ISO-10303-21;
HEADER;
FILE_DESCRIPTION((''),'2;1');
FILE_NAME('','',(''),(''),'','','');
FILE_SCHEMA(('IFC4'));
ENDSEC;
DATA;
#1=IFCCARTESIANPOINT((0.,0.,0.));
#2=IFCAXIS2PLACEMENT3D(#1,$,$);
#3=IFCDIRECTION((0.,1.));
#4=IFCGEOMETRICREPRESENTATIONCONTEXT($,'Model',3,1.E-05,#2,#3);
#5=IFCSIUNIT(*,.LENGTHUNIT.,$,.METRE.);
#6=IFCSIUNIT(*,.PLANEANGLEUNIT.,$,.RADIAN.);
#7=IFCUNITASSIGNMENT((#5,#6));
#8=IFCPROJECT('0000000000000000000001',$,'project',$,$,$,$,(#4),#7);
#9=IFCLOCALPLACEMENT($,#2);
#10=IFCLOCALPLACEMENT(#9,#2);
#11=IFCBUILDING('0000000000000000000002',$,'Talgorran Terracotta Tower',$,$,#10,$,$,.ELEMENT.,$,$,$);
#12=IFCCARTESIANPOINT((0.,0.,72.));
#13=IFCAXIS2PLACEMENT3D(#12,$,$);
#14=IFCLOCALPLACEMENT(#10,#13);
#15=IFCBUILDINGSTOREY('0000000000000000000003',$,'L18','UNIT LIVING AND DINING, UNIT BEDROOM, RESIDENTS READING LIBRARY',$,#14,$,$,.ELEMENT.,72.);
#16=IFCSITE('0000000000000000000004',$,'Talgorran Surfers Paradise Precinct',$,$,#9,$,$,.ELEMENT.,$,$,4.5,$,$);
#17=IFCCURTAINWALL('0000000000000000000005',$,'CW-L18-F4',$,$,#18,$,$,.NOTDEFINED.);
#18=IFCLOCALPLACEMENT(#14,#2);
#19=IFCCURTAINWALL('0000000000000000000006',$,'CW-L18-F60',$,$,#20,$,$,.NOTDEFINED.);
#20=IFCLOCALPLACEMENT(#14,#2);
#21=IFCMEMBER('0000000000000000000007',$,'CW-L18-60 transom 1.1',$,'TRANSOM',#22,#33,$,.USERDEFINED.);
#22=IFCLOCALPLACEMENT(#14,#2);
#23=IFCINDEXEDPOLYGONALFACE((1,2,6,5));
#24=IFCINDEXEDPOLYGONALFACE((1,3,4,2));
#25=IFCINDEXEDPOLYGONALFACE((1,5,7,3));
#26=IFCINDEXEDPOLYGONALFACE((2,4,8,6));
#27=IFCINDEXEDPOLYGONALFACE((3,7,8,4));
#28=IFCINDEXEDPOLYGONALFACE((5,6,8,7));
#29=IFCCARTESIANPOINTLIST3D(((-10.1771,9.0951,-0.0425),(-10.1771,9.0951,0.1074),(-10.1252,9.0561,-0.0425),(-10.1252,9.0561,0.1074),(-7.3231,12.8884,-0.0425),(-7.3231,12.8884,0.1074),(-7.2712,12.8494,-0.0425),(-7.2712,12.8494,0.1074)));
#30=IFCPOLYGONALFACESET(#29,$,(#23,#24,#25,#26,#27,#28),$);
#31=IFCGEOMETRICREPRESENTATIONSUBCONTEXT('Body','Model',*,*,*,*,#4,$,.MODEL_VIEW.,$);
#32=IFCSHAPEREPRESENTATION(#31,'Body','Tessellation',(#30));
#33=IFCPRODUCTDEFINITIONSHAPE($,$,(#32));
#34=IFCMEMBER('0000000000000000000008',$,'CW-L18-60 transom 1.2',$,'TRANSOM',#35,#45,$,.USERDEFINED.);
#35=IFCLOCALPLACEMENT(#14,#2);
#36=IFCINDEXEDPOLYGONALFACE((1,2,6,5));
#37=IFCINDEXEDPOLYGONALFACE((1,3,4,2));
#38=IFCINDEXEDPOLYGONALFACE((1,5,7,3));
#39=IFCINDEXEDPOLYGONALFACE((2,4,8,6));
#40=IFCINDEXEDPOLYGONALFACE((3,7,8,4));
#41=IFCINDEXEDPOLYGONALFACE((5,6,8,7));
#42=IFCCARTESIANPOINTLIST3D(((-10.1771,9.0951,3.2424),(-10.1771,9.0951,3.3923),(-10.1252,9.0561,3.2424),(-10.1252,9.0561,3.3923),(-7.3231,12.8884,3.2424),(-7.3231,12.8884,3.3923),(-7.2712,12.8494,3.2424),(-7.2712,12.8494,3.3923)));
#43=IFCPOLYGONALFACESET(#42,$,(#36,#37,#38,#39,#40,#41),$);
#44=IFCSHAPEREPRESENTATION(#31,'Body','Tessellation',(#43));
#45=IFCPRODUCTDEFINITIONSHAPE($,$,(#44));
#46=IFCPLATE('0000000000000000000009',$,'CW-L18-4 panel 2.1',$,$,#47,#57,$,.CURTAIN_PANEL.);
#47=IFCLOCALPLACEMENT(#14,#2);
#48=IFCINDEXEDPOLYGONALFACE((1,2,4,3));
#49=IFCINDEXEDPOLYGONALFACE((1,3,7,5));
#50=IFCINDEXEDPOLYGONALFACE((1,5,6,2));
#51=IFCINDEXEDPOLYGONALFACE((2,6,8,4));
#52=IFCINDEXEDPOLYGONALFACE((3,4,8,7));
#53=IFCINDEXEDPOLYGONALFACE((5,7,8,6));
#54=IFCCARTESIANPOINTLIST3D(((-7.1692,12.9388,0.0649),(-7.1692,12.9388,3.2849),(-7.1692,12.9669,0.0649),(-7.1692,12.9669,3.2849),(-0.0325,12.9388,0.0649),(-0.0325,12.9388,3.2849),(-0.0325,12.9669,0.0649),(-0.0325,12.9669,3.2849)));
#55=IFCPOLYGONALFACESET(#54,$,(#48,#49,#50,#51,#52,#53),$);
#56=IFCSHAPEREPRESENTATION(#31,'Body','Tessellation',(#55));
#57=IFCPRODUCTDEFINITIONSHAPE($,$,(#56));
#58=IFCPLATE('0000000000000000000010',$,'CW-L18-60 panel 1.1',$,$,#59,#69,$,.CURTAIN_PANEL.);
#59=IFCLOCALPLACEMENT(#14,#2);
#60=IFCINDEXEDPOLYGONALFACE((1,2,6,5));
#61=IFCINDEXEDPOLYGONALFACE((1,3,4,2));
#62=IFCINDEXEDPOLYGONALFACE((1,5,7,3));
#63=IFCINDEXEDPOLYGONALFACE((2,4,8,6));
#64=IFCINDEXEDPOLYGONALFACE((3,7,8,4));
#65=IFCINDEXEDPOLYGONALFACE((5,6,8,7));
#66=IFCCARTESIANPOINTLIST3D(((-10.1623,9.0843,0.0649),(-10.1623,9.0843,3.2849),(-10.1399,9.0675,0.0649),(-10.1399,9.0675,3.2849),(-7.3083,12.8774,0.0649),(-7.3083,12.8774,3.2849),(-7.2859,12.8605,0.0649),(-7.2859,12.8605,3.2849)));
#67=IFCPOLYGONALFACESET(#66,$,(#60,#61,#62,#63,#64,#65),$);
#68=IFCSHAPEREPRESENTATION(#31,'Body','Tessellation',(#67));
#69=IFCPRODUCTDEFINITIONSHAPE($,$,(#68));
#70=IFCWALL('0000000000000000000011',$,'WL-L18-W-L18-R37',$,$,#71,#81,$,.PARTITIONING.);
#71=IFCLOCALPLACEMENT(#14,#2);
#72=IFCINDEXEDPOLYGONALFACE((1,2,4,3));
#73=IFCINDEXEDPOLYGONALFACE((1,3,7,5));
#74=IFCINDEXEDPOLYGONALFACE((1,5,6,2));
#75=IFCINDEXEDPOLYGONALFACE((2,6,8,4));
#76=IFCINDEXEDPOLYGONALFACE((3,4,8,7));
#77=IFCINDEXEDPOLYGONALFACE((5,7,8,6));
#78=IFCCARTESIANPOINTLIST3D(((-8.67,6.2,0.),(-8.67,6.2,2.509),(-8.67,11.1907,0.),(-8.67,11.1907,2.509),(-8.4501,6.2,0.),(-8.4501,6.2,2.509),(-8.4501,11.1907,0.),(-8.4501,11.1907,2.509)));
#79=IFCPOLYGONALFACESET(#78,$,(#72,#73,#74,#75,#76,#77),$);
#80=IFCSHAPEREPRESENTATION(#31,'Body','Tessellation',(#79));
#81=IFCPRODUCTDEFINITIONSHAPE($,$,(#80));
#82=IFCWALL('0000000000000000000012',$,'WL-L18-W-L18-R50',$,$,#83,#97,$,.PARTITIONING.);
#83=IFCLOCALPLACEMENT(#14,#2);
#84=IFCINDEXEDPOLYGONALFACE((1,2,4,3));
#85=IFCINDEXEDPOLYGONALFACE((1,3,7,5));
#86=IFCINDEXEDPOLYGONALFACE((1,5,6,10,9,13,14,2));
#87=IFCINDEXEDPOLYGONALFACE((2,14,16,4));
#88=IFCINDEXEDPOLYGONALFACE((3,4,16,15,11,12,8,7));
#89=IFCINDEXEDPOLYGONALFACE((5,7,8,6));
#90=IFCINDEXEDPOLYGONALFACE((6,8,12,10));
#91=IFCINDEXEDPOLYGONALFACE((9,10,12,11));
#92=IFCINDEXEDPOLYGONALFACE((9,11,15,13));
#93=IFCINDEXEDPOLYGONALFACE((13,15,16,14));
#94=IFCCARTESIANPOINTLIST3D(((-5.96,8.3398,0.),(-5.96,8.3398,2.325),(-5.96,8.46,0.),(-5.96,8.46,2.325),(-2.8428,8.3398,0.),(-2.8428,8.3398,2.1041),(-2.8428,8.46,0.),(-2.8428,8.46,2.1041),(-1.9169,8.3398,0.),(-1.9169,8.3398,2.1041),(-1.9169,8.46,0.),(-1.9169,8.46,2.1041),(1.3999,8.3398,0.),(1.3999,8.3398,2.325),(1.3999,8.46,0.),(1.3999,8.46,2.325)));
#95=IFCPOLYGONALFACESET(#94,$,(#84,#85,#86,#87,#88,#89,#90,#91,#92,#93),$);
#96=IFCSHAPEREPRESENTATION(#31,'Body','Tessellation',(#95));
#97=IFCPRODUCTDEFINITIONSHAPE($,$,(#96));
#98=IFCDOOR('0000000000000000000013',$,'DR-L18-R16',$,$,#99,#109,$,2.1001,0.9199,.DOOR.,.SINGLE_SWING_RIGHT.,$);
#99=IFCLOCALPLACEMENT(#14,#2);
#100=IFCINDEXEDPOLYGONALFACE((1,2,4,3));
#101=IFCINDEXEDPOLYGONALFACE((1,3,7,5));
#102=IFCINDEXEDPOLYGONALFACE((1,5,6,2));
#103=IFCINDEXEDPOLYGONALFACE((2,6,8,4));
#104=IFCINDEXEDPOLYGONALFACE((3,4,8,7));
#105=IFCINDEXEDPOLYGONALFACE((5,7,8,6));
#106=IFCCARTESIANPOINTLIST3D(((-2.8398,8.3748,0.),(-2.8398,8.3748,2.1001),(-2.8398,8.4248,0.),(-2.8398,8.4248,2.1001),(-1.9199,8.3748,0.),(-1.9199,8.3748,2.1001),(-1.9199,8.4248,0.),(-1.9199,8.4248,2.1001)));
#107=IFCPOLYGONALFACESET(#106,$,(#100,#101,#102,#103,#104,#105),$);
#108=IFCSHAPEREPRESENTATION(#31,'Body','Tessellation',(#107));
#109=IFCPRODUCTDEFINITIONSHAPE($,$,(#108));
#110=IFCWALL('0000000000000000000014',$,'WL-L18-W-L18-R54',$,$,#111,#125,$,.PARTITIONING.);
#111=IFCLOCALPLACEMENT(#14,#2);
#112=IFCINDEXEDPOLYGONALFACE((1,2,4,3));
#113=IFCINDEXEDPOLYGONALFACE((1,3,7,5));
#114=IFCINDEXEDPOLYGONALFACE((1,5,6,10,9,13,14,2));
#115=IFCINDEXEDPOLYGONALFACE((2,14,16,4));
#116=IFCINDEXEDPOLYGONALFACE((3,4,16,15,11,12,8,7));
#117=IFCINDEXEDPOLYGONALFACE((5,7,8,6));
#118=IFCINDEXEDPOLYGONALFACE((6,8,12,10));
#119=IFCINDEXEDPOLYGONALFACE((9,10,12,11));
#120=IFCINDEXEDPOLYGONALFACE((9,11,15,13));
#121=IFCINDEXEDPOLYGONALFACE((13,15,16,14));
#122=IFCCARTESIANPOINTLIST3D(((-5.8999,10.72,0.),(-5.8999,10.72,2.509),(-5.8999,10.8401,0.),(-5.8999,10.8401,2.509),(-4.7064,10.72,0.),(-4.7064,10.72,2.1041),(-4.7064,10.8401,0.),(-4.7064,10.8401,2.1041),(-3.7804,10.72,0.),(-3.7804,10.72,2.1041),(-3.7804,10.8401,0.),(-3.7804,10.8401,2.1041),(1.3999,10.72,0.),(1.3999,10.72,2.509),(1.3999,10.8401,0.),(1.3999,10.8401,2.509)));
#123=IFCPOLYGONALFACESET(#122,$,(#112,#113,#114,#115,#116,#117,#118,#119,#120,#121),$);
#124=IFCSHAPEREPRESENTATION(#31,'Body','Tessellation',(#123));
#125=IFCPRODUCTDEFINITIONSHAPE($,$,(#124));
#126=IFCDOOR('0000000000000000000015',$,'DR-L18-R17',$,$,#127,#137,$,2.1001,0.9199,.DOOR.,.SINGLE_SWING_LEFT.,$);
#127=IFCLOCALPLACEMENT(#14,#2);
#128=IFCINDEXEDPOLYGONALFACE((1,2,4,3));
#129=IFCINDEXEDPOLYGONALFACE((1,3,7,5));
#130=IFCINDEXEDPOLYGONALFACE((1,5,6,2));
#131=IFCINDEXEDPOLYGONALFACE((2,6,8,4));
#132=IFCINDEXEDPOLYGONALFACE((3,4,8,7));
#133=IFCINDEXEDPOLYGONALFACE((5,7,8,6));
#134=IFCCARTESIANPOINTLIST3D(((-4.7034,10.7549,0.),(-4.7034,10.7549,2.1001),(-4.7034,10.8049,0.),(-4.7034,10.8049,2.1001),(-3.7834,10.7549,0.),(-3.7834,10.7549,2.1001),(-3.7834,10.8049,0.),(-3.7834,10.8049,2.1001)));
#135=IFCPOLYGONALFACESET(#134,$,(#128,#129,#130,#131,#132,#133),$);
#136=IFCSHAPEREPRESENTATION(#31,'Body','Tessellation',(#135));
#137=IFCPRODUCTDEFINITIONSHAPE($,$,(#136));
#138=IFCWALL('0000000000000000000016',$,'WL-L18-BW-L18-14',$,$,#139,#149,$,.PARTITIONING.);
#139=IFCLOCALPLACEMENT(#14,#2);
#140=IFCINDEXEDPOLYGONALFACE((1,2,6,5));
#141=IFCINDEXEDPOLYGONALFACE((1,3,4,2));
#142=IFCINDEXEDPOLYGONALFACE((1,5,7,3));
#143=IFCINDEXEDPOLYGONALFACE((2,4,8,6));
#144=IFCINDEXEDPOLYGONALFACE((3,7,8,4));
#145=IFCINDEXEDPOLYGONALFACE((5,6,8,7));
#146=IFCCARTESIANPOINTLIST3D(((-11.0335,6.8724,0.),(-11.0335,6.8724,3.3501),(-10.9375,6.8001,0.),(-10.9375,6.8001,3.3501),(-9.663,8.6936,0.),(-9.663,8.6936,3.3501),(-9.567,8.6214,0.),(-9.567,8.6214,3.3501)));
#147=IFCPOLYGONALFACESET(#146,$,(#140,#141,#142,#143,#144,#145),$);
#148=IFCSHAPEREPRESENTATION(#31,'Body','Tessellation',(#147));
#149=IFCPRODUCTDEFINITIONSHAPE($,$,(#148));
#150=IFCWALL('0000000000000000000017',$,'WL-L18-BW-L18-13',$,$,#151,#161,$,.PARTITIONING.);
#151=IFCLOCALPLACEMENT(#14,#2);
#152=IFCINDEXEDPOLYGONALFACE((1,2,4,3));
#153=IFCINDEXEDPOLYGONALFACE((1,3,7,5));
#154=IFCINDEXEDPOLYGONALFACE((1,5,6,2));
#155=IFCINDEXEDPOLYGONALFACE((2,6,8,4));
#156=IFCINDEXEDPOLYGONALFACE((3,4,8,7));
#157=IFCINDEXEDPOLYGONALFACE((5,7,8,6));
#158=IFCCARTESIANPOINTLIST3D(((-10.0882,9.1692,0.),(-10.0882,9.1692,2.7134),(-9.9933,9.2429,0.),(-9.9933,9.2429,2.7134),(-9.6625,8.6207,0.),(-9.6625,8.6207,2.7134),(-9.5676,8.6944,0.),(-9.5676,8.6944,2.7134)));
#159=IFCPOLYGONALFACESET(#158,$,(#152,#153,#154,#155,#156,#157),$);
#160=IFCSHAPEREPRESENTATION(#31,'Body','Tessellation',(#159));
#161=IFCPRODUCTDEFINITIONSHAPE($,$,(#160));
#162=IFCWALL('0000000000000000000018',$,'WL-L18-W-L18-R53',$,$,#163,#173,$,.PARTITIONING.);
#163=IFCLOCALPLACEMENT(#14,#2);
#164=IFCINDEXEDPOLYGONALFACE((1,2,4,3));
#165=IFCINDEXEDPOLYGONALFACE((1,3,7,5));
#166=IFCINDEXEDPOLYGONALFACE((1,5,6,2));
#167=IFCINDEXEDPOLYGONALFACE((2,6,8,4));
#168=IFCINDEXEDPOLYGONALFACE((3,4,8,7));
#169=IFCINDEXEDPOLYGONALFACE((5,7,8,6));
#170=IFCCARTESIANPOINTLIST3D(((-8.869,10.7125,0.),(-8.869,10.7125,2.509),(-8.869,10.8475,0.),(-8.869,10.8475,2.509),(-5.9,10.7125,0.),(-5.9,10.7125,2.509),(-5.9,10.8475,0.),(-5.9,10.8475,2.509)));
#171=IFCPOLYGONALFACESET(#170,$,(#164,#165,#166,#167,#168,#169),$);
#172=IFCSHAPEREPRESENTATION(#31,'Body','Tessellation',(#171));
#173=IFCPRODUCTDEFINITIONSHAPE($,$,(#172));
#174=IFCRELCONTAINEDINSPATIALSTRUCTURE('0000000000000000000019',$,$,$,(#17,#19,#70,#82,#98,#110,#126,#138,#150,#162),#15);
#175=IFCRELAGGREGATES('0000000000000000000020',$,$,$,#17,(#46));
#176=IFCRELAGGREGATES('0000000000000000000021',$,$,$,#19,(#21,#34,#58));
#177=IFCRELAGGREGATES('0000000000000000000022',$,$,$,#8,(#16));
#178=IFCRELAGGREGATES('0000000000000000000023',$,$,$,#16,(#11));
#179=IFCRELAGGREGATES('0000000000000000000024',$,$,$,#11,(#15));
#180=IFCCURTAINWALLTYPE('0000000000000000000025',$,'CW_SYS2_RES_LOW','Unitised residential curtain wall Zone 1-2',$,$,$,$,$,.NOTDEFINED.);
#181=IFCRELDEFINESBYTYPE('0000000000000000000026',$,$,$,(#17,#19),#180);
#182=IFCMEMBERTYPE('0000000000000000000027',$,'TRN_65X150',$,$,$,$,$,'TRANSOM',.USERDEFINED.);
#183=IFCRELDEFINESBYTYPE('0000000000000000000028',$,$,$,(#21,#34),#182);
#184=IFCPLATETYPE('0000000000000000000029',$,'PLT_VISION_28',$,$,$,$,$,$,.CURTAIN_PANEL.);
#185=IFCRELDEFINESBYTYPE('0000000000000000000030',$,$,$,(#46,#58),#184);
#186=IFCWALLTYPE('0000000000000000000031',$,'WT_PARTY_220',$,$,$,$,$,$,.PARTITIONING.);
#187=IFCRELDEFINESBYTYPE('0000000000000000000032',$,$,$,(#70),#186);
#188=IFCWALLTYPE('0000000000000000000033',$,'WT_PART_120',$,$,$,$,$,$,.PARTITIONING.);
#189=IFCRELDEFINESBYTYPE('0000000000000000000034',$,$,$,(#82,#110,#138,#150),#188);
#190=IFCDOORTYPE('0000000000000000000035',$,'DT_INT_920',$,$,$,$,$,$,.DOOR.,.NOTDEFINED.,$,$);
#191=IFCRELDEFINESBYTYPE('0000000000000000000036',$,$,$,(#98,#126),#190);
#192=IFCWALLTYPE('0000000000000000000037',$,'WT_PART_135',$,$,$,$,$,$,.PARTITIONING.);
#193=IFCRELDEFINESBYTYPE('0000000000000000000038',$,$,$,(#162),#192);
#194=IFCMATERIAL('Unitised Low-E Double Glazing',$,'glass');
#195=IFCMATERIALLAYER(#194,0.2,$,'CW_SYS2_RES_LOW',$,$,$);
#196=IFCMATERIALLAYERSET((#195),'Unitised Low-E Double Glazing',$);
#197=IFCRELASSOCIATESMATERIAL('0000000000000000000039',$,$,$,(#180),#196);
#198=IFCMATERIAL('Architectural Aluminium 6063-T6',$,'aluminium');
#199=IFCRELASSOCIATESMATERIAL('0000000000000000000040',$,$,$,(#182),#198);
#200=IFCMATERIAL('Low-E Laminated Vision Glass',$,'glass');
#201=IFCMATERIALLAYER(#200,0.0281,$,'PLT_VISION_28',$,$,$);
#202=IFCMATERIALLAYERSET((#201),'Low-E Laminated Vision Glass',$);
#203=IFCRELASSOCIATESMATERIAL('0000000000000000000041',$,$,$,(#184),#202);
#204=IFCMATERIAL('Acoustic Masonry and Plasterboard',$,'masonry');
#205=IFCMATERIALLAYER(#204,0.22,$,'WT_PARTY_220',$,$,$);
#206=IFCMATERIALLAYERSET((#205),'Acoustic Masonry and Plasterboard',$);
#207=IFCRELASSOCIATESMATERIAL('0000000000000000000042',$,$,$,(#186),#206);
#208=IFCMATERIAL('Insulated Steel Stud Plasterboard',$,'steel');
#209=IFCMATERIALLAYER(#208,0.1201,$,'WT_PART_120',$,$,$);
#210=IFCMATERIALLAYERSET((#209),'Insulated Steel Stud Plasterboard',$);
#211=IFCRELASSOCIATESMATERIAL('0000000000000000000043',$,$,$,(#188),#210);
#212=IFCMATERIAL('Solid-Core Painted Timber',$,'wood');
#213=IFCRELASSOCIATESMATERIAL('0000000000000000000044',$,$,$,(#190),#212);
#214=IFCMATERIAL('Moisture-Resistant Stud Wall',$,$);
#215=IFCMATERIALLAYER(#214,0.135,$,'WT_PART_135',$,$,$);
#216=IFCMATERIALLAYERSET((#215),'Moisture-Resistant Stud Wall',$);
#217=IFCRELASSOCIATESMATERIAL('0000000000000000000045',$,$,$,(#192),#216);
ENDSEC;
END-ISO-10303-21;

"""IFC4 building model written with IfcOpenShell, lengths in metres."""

from ifc_helpers import new_model, si_unit, direction, frame, frame_2d, origin, origin_2d, place, context, subcontext, project, spatial, rectangle, extrude, source, transform, mapped, material, layer, layer_set, material_profile, profile_set, type_object, type_shapes, element, fill, aggregate, save


model = new_model("IFC4")

# Units and contexts
model_context = context("Model", 3, precision=1e-05, world=origin(), true_north=direction((0.0, 1.0)))
body_context = subcontext(model_context, "Body", "Model", "MODEL_VIEW")
ifc_project = project(units=[si_unit("LENGTHUNIT", "METRE"), si_unit("PLANEANGLEUNIT", "RADIAN")], contexts=[model_context])

# Site, building, storey
site_placement = place(None, origin())
site = spatial("IfcSite", under=ifc_project, at=site_placement, Name="Talgorran Surfers Paradise Precinct", CompositionType="ELEMENT", RefElevation=4.5)
building_placement = place(site_placement, origin())
building = spatial("IfcBuilding", under=site, at=building_placement, Name="Talgorran Terracotta Tower", CompositionType="ELEMENT")
storey_placement = place(building_placement, frame((0.0, 0.0, 72.0)))
storey = spatial("IfcBuildingStorey", under=building, at=storey_placement, Name="L18", Description="UNIT LIVING AND DINING, UNIT BEDROOM, RESIDENTS READING LIBRARY", CompositionType="ELEMENT", Elevation=72.0)

# Curtain walls
ifc_material_1 = material(Name="Unitised Low-E Double Glazing", Category="glass")
ifc_layer_1 = layer(ifc_material_1, 0.2, Name="CW_SYS2_RES_LOW")
ifc_layer_set_1 = layer_set([ifc_layer_1], Name="Unitised Low-E Double Glazing")
curtain_wall_type = type_object("IfcCurtainWallType", Name="CW_SYS2_RES_LOW", Description="Unitised residential curtain wall Zone 1-2", PredefinedType="NOTDEFINED", material=ifc_layer_set_1)
curtain_wall_1_placement = place(storey_placement, origin())
curtain_wall_1 = element("IfcCurtainWall", 1, at=curtain_wall_1_placement, inside=storey, type_object=curtain_wall_type, Name="CW-L18-F4", PredefinedType="NOTDEFINED")
ifc_material_2 = material(Name="Architectural Aluminium 6063-T6", Category="aluminium")
curtain_wall_2_placement = place(storey_placement, origin())
curtain_wall_2 = element("IfcCurtainWall", 2, at=curtain_wall_2_placement, inside=storey, type_object=curtain_wall_type, Name="CW-L18-F60", PredefinedType="NOTDEFINED")

# Members
ifc_material_profile_1 = material_profile(ifc_material_2, rectangle(XDim=0.0649, YDim=0.1499, at=origin_2d()), Name="CWT65X150")
ifc_profile_set_1 = profile_set([ifc_material_profile_1], Name="Architectural Aluminium 6063-T6")
member_type_1 = type_object("IfcMemberType", Name="TRN_65X150", ElementType="TRANSOM", PredefinedType="USERDEFINED", material=ifc_profile_set_1)
member_1_placement = place(storey_placement, frame((-7.2971, 12.8689, 0.0325), z_axis=(-0.601225, -0.799079, 0.0), x_axis=(0.799079, -0.601225, 0.0)))
member_1 = element("IfcMember", 3, at=member_1_placement, type_object=member_type_1, Name="CW-L18-60 transom 1.1", ObjectType="TRANSOM", PredefinedType="USERDEFINED", context=body_context, shape_type="SweptSolid", body=[
    extrude(rectangle(XDim=0.0649, YDim=0.1499, at=origin_2d()), origin(), (0.0, 0.0, 1.0), 4.7471),
])
member_2_placement = place(storey_placement, frame((-7.2971, 12.8689, 3.3174), z_axis=(-0.601225, -0.799079, 0.0), x_axis=(0.799079, -0.601225, 0.0)))
member_2 = element("IfcMember", 4, at=member_2_placement, type_object=member_type_1, Name="CW-L18-60 transom 1.2", ObjectType="TRANSOM", PredefinedType="USERDEFINED", context=body_context, shape_type="SweptSolid", body=[
    extrude(rectangle(XDim=0.0649, YDim=0.1499, at=origin_2d()), origin(), (0.0, 0.0, 1.0), 4.7471),
])

# Plates
ifc_material_3 = material(Name="Low-E Laminated Vision Glass", Category="glass")
ifc_layer_2 = layer(ifc_material_3, 0.0281, Name="PLT_VISION_28")
ifc_layer_set_2 = layer_set([ifc_layer_2], Name="Low-E Laminated Vision Glass")
plate_type = type_object("IfcPlateType", Name="PLT_VISION_28", PredefinedType="CURTAIN_PANEL", material=ifc_layer_set_2)
shared_shape_1 = source(origin(), body_context, "Body", "SweptSolid", [
    extrude(rectangle(XDim=7.1367, YDim=0.0281, at=origin_2d()), origin(), (0.0, 0.0, 1.0), 3.22),
])
plate_1_placement = place(storey_placement, frame((-3.6008, 12.9529, 0.0649), z_axis=(0.0, 0.0, 1.0), x_axis=(-1.0, 0.0, 0.0)))
plate_1 = element("IfcPlate", 5, at=plate_1_placement, type_object=plate_type, Name="CW-L18-4 panel 2.1", PredefinedType="CURTAIN_PANEL", context=body_context, shape_type="MappedRepresentation", body=[
    mapped(shared_shape_1, transform((0.0, 0.0, 0.0), scale=1.0)),
])
aggregate(curtain_wall_1, [plate_1])
shared_shape_2 = source(origin(), body_context, "Body", "SweptSolid", [
    extrude(rectangle(XDim=4.7468, YDim=0.0281, at=origin_2d()), origin(), (0.0, 0.0, 1.0), 3.22),
])
type_shapes(plate_type, [shared_shape_1, shared_shape_2])
plate_2_placement = place(storey_placement, frame((-8.7241, 10.9724, 0.0649), z_axis=(0.0, 0.0, 1.0), x_axis=(-0.601239, -0.799069, 0.0)))
plate_2 = element("IfcPlate", 6, at=plate_2_placement, type_object=plate_type, Name="CW-L18-60 panel 1.1", PredefinedType="CURTAIN_PANEL", context=body_context, shape_type="MappedRepresentation", body=[
    mapped(shared_shape_2, transform((0.0, 0.0, 0.0), scale=1.0)),
])
aggregate(curtain_wall_2, [member_1, member_2, plate_2])

# Wall
ifc_material_4 = material(Name="Acoustic Masonry and Plasterboard", Category="masonry")
ifc_layer_3 = layer(ifc_material_4, 0.22, Name="WT_PARTY_220")
ifc_layer_set_3 = layer_set([ifc_layer_3], Name="Acoustic Masonry and Plasterboard")
wall_type_1 = type_object("IfcWallType", Name="WT_PARTY_220", PredefinedType="PARTITIONING", material=ifc_layer_set_3)
wall_1_placement = place(storey_placement, frame((-8.5601, 6.2, 0.0), z_axis=(0.0, 0.0, 1.0), x_axis=(0.0, 1.0, 0.0)))
element("IfcWall", 7, at=wall_1_placement, inside=storey, type_object=wall_type_1, Name="WL-L18-W-L18-R37", PredefinedType="PARTITIONING", context=body_context, shape_type="SweptSolid", body=[
    extrude(rectangle(XDim=4.9907, YDim=0.22, at=frame_2d((2.4954, 0.0))), origin(), (0.0, 0.0, 1.0), 2.509),
])

# Walls, openings, doors
ifc_material_5 = material(Name="Insulated Steel Stud Plasterboard", Category="steel")
ifc_layer_4 = layer(ifc_material_5, 0.1201, Name="WT_PART_120")
ifc_layer_set_4 = layer_set([ifc_layer_4], Name="Insulated Steel Stud Plasterboard")
wall_type_2 = type_object("IfcWallType", Name="WT_PART_120", PredefinedType="PARTITIONING", material=ifc_layer_set_4)
wall_2_placement = place(storey_placement, frame((-5.96, 8.3999, 0.0), z_axis=(0.0, 0.0, 1.0), x_axis=(1.0, 0.0, 0.0)))
wall_2 = element("IfcWall", 8, at=wall_2_placement, inside=storey, type_object=wall_type_2, Name="WL-L18-W-L18-R50", PredefinedType="PARTITIONING", context=body_context, shape_type="SweptSolid", body=[
    extrude(rectangle(XDim=7.3599, YDim=0.1201, at=frame_2d((3.6799, 0.0))), origin(), (0.0, 0.0, 1.0), 2.325),
])
opening_1_placement = place(wall_2_placement, frame((3.1201, 0.0, 0.0)))
opening_1 = element("IfcOpeningElement", 9, at=opening_1_placement, cuts=wall_2, PredefinedType="OPENING", context=body_context, shape_type="SweptSolid", body=[
    extrude(rectangle(XDim=0.9259, YDim=2.1041, at=frame_2d((0.46, 1.052))), frame((0.0, 0.0701, 0.0), z_axis=(0.0, -1.0, 0.0), x_axis=(1.0, 0.0, 0.0)), (0.0, 0.0, 1.0), 0.1401),
])
ifc_material_6 = material(Name="Solid-Core Painted Timber", Category="wood")
door_type_1 = type_object("IfcDoorType", Name="DT_INT_920", OperationType="NOTDEFINED", PredefinedType="DOOR", material=ifc_material_6)
door_1_placement = place(opening_1_placement, origin())
door_1 = element("IfcDoor", 10, at=door_1_placement, inside=storey, type_object=door_type_1, Name="DR-L18-R16", OperationType="SINGLE_SWING_RIGHT", OverallHeight=2.1001, OverallWidth=0.9199, PredefinedType="DOOR", context=body_context, shape_type="SweptSolid", body=[
    extrude(rectangle(XDim=0.9199, YDim=2.1001, at=frame_2d((0.46, 1.05))), frame((0.0, 0.0249, 0.0), z_axis=(0.0, -1.0, 0.0), x_axis=(1.0, 0.0, 0.0)), (0.0, 0.0, 1.0), 0.05),
])
fill(opening_1, door_1)
wall_3_placement = place(storey_placement, frame((-5.8999, 10.78, 0.0), z_axis=(0.0, 0.0, 1.0), x_axis=(1.0, 0.0, 0.0)))
wall_3 = element("IfcWall", 11, at=wall_3_placement, inside=storey, type_object=wall_type_2, Name="WL-L18-W-L18-R54", PredefinedType="PARTITIONING", context=body_context, shape_type="SweptSolid", body=[
    extrude(rectangle(XDim=7.2998, YDim=0.1201, at=frame_2d((3.6499, 0.0))), origin(), (0.0, 0.0, 1.0), 2.509),
])
opening_2_placement = place(wall_3_placement, frame((1.1965, 0.0, 0.0)))
opening_2 = element("IfcOpeningElement", 12, at=opening_2_placement, cuts=wall_3, PredefinedType="OPENING", context=body_context, shape_type="SweptSolid", body=[
    extrude(rectangle(XDim=0.9259, YDim=2.1041, at=frame_2d((0.46, 1.052))), frame((0.0, 0.0701, 0.0), z_axis=(0.0, -1.0, 0.0), x_axis=(1.0, 0.0, 0.0)), (0.0, 0.0, 1.0), 0.1401),
])
door_2_placement = place(opening_2_placement, origin())
door_2 = element("IfcDoor", 13, at=door_2_placement, inside=storey, type_object=door_type_1, Name="DR-L18-R17", OperationType="SINGLE_SWING_LEFT", OverallHeight=2.1001, OverallWidth=0.9199, PredefinedType="DOOR", context=body_context, shape_type="SweptSolid", body=[
    extrude(rectangle(XDim=0.9199, YDim=2.1001, at=frame_2d((0.46, 1.05))), frame((0.0, 0.0249, 0.0), z_axis=(0.0, -1.0, 0.0), x_axis=(1.0, 0.0, 0.0)), (0.0, 0.0, 1.0), 0.05),
])
fill(opening_2, door_2)

# Walls
wall_4_placement = place(storey_placement, frame((-9.615, 8.6575, 0.0), z_axis=(0.0, 0.0, 1.0), x_axis=(-0.601302, -0.799022, 0.0)))
element("IfcWall", 14, at=wall_4_placement, inside=storey, type_object=wall_type_2, Name="WL-L18-BW-L18-14", PredefinedType="PARTITIONING", context=body_context, shape_type="SweptSolid", body=[
    extrude(rectangle(XDim=2.2793, YDim=0.1201, at=frame_2d((1.1396, 0.0))), origin(), (0.0, 0.0, 1.0), 3.3501),
])
wall_5_placement = place(storey_placement, frame((-10.0408, 9.2061, 0.0), z_axis=(0.0, 0.0, 1.0), x_axis=(0.613137, -0.789977, 0.0)))
element("IfcWall", 15, at=wall_5_placement, inside=storey, type_object=wall_type_2, Name="WL-L18-BW-L18-13", PredefinedType="PARTITIONING", context=body_context, shape_type="SweptSolid", body=[
    extrude(rectangle(XDim=0.6943, YDim=0.1201, at=frame_2d((0.3472, 0.0))), origin(), (0.0, 0.0, 1.0), 2.7134),
])
ifc_material_7 = material(Name="Moisture-Resistant Stud Wall")
ifc_layer_5 = layer(ifc_material_7, 0.135, Name="WT_PART_135")
ifc_layer_set_5 = layer_set([ifc_layer_5], Name="Moisture-Resistant Stud Wall")
wall_type_3 = type_object("IfcWallType", Name="WT_PART_135", PredefinedType="PARTITIONING", material=ifc_layer_set_5)
wall_6_placement = place(storey_placement, frame((-8.8689, 10.78, 0.0), z_axis=(0.0, 0.0, 1.0), x_axis=(1.0, 0.0, 0.0)))
element("IfcWall", 16, at=wall_6_placement, inside=storey, type_object=wall_type_3, Name="WL-L18-W-L18-R53", PredefinedType="PARTITIONING", context=body_context, shape_type="SweptSolid", body=[
    extrude(rectangle(XDim=2.969, YDim=0.135, at=frame_2d((1.4844, 0.0))), origin(), (0.0, 0.0, 1.0), 2.509),
])

save(model, "model.ifc")
